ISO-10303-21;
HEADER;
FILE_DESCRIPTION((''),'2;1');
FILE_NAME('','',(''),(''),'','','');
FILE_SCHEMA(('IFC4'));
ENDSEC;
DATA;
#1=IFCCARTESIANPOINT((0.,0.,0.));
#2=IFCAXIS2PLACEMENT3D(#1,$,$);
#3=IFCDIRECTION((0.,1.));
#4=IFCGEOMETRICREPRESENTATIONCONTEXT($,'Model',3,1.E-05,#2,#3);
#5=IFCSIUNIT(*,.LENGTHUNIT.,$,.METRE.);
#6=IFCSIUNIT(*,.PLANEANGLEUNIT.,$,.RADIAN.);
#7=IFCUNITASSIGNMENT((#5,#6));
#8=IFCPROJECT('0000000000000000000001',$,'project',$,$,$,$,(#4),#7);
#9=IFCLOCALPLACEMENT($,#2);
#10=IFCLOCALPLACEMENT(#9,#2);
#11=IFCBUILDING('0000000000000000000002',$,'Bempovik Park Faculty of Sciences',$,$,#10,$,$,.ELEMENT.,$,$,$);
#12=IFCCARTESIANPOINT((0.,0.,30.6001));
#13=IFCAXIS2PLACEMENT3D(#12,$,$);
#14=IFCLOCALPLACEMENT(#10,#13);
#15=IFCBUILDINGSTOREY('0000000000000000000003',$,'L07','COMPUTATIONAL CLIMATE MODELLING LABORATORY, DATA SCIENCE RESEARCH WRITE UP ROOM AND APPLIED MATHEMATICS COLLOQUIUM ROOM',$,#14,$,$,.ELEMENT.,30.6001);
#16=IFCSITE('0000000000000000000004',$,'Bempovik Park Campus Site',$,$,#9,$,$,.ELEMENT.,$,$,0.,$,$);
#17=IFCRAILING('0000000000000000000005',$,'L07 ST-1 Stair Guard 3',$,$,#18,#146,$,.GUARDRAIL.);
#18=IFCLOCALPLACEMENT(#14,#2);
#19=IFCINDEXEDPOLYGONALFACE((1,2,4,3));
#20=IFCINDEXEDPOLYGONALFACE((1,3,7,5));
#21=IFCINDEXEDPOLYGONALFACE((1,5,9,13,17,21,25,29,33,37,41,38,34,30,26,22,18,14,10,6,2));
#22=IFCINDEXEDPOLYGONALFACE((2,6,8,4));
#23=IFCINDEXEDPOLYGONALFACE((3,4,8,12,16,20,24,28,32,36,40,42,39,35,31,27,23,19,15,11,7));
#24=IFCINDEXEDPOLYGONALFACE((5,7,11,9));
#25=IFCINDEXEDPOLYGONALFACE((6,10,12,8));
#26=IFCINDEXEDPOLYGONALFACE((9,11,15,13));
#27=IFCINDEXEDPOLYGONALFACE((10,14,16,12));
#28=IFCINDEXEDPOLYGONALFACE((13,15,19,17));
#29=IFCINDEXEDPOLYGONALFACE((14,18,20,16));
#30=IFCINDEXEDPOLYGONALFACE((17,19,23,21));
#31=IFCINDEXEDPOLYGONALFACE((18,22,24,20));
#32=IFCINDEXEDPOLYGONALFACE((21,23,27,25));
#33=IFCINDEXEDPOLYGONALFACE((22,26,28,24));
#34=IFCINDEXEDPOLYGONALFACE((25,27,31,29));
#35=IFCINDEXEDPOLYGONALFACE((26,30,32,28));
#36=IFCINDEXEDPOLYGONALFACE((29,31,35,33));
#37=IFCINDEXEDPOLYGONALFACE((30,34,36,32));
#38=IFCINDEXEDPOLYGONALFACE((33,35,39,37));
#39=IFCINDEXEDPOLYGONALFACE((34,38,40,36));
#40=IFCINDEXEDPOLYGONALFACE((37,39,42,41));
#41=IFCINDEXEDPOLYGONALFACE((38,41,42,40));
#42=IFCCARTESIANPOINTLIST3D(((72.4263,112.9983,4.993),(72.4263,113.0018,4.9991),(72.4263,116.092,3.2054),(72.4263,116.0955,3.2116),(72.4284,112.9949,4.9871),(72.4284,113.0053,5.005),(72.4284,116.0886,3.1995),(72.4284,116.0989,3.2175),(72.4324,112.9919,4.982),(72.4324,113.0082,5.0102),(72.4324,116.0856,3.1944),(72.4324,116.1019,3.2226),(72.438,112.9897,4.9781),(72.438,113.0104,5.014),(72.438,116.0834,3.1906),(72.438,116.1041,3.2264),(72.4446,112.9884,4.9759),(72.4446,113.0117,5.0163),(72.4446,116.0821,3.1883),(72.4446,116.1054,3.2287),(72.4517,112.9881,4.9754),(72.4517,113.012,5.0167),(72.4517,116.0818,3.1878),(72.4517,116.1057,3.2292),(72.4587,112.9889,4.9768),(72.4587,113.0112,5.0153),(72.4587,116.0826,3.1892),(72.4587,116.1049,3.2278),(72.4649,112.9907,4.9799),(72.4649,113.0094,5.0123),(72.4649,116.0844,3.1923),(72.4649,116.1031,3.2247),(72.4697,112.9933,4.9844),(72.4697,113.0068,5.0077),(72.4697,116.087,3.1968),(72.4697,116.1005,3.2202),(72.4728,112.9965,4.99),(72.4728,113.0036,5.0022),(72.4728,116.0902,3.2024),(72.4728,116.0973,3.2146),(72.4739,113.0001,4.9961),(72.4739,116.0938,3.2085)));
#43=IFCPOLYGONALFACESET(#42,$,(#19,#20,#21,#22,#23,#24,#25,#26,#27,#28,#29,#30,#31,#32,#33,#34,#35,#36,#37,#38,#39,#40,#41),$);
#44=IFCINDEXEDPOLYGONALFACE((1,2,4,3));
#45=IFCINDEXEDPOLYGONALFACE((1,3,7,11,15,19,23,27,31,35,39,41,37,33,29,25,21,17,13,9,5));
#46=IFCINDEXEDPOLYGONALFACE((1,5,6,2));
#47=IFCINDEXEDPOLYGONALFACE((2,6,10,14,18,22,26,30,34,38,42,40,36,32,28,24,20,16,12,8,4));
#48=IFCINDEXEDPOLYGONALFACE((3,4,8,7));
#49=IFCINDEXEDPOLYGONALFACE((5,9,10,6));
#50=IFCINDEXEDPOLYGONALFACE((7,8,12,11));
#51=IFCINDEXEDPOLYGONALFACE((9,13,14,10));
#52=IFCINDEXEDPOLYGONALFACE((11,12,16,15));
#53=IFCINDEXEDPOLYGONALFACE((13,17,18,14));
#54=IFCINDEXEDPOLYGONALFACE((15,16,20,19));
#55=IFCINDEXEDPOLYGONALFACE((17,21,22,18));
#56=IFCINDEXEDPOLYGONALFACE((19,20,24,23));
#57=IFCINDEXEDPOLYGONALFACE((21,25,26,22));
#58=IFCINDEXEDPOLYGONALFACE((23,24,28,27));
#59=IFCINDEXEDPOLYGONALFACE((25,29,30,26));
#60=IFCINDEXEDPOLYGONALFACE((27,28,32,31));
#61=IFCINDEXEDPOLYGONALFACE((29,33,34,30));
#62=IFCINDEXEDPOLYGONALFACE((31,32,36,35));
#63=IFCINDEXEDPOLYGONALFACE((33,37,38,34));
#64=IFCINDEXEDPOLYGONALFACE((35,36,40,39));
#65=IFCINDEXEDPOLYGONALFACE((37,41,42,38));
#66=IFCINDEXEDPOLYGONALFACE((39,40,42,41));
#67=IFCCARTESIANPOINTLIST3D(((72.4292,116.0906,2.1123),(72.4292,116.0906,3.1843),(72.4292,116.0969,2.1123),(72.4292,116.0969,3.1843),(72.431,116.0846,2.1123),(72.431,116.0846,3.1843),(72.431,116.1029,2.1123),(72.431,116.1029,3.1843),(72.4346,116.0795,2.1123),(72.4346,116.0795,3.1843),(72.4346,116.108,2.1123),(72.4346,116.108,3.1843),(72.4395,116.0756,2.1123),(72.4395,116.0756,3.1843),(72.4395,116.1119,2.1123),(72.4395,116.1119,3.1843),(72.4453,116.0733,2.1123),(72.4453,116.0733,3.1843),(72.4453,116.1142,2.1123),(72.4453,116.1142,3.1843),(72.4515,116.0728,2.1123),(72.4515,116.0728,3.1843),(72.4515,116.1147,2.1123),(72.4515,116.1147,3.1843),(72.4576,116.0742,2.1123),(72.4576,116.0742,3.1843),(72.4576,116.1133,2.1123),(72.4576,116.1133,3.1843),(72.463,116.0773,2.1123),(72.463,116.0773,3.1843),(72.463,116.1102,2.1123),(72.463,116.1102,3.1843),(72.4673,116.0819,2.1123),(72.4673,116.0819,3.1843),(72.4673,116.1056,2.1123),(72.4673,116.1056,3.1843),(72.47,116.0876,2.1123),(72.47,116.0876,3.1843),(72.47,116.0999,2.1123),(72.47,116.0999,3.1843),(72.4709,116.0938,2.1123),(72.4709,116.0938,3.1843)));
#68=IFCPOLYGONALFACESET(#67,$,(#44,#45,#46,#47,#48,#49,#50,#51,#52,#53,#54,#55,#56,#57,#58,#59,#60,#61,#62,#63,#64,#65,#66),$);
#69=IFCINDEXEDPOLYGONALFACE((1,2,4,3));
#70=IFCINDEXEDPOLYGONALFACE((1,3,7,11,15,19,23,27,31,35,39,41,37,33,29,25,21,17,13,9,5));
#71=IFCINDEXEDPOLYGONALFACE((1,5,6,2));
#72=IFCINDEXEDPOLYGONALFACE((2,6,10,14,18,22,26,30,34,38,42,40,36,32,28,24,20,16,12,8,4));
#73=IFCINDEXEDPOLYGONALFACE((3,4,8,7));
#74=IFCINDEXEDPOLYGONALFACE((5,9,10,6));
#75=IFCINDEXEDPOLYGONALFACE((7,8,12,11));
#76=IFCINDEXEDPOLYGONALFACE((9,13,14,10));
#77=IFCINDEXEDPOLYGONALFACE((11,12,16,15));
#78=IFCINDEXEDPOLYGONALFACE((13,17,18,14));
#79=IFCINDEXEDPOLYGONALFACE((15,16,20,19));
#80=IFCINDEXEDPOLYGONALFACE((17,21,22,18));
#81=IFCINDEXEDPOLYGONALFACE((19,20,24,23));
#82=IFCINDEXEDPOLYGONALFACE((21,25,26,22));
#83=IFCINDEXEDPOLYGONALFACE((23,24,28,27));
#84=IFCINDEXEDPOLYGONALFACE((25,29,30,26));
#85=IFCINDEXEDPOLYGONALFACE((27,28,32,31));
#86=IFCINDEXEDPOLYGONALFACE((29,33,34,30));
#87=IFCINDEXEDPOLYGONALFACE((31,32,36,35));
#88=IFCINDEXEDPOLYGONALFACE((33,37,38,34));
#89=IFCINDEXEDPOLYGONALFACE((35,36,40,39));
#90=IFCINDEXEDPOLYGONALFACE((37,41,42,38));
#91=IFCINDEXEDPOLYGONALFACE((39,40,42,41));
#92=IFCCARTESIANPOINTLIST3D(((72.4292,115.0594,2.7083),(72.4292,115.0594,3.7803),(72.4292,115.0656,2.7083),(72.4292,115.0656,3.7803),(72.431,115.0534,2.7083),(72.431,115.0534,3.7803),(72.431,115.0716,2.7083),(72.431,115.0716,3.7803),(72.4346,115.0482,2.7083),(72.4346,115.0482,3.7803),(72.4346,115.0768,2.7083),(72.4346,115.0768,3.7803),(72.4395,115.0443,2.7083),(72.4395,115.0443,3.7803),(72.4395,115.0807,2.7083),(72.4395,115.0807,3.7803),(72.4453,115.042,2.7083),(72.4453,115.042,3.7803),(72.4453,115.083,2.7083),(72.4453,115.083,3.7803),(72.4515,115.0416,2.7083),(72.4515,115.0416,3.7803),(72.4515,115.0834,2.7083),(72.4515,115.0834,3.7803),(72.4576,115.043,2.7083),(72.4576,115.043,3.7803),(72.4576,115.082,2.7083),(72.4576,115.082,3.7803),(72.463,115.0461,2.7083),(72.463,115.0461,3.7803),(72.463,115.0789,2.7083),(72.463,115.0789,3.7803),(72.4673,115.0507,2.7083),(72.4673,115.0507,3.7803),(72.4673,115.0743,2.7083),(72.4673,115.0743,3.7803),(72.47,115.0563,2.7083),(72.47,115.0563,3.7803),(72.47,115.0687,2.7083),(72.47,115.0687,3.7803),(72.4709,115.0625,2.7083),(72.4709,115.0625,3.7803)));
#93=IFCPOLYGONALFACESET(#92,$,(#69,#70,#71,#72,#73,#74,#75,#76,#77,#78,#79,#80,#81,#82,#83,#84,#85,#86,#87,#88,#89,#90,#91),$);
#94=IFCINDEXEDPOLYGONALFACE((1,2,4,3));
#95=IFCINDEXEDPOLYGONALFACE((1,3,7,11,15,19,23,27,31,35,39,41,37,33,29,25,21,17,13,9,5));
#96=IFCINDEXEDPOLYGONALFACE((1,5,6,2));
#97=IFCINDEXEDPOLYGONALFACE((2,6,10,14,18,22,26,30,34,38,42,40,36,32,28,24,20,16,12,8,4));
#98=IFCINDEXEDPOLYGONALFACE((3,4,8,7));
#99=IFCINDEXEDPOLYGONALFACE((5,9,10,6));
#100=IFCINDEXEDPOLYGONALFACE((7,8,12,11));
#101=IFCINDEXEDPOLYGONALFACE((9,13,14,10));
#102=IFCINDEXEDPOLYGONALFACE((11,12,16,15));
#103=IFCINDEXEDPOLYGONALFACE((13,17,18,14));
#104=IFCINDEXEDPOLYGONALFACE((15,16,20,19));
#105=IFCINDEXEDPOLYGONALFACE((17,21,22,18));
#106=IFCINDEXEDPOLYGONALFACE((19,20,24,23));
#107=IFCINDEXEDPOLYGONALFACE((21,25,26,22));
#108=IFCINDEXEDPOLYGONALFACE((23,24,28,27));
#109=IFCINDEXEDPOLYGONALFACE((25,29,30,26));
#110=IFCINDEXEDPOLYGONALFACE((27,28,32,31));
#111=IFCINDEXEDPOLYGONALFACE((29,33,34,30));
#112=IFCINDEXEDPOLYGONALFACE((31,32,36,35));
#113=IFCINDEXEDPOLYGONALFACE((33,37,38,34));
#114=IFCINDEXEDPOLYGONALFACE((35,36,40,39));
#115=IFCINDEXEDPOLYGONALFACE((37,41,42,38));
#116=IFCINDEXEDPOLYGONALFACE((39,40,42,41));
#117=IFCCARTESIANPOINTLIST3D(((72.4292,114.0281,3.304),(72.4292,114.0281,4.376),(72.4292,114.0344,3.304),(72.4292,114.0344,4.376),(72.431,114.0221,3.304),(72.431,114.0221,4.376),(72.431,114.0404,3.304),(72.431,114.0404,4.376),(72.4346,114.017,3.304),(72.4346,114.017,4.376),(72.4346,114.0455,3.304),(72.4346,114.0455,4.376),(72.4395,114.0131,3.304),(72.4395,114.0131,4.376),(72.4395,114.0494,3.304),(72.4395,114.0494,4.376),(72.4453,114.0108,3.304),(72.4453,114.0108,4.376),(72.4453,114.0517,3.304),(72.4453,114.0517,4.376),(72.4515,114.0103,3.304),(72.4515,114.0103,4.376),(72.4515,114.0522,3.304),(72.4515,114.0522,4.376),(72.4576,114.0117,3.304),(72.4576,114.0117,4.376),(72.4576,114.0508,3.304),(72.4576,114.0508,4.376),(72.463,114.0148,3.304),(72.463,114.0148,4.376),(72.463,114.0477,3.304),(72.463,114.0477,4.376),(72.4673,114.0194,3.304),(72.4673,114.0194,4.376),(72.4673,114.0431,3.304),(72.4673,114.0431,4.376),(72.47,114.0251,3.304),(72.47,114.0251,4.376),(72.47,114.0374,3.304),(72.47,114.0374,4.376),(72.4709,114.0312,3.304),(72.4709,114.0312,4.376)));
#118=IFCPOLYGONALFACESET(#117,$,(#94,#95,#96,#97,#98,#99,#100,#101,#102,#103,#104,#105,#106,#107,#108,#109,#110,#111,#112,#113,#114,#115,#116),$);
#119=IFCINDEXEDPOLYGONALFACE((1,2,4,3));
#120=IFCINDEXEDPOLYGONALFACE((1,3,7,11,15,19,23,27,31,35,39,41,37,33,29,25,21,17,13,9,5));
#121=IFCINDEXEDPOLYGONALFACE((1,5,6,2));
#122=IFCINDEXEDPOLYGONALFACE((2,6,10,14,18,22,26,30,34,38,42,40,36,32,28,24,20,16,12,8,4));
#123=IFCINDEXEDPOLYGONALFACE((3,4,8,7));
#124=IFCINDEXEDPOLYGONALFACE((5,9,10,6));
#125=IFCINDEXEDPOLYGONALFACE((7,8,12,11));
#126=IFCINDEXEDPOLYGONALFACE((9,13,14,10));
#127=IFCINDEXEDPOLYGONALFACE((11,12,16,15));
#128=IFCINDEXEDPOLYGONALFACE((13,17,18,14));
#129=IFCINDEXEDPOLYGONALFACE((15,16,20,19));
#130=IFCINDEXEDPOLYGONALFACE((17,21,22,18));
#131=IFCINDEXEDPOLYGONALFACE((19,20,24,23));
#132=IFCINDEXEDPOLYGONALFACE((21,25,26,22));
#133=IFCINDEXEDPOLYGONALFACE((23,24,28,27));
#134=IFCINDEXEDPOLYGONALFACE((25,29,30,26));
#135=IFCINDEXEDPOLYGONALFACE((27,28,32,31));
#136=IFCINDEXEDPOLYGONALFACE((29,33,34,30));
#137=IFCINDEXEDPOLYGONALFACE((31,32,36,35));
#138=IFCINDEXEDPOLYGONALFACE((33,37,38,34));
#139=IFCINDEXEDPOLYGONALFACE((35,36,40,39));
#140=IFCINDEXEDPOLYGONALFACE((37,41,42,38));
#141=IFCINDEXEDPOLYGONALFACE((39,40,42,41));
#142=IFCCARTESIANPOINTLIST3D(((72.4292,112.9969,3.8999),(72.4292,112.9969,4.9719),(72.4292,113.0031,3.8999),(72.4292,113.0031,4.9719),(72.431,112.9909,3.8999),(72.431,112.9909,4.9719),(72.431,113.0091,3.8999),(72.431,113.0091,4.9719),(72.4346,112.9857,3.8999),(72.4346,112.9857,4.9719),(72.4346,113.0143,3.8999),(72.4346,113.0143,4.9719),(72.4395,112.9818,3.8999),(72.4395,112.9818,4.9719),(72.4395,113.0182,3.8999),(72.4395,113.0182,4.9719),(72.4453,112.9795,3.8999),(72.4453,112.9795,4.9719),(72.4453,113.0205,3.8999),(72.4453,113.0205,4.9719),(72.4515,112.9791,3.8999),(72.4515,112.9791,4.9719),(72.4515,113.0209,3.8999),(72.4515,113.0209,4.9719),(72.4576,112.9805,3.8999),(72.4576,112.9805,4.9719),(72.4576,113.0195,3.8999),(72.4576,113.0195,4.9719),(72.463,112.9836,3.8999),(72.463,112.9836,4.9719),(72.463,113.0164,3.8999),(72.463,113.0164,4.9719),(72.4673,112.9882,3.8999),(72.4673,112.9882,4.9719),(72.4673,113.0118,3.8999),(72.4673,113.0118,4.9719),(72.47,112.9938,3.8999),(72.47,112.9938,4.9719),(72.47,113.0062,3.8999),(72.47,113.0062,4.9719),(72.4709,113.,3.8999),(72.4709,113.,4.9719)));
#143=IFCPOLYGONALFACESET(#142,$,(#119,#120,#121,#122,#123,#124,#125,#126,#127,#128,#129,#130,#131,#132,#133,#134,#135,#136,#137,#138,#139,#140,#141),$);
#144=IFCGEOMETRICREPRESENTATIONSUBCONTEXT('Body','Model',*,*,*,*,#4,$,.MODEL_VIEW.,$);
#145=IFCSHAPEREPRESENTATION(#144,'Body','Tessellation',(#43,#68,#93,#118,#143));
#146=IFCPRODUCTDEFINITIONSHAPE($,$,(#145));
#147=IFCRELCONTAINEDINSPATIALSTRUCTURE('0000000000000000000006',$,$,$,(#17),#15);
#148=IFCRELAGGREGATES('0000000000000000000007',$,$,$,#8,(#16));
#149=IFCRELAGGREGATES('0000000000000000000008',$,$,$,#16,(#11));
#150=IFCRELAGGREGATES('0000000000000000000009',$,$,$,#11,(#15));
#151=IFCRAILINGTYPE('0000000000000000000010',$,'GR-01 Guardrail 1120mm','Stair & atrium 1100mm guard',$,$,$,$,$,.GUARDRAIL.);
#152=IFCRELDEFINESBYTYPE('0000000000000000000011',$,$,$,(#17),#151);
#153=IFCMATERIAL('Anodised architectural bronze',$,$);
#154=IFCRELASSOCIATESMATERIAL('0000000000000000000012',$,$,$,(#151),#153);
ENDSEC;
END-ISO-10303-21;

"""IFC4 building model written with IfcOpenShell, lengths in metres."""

from ifc_helpers import new_model, si_unit, direction, frame, origin, origin_2d, place, context, subcontext, project, spatial, circle, extrude, material, type_object, element, save


model = new_model("IFC4")

# Units and contexts
model_context = context("Model", 3, precision=1e-05, world=origin(), true_north=direction((0.0, 1.0)))
body_context = subcontext(model_context, "Body", "Model", "MODEL_VIEW")
ifc_project = project(units=[si_unit("LENGTHUNIT", "METRE"), si_unit("PLANEANGLEUNIT", "RADIAN")], contexts=[model_context])

# Site, building, storey
site_placement = place(None, origin())
site = spatial("IfcSite", under=ifc_project, at=site_placement, Name="Bempovik Park Campus Site", CompositionType="ELEMENT", RefElevation=0.0)
building_placement = place(site_placement, origin())
building = spatial("IfcBuilding", under=site, at=building_placement, Name="Bempovik Park Faculty of Sciences", CompositionType="ELEMENT")
storey_placement = place(building_placement, frame((0.0, 0.0, 30.6001)))
storey = spatial("IfcBuildingStorey", under=building, at=storey_placement, Name="L07", Description="COMPUTATIONAL CLIMATE MODELLING LABORATORY, DATA SCIENCE RESEARCH WRITE UP ROOM AND APPLIED MATHEMATICS COLLOQUIUM ROOM", CompositionType="ELEMENT", Elevation=30.6001)

# Railing
ifc_material_1 = material(Name="Anodised architectural bronze")
railing_type_1 = type_object("IfcRailingType", Name="GR-01 Guardrail 1120mm", Description="Stair & atrium 1100mm guard", PredefinedType="GUARDRAIL", material=ifc_material_1)
railing_1_placement = place(storey_placement, frame((72.45, 116.0938, 2.1123)))
element("IfcRailing", 1, at=railing_1_placement, inside=storey, type_object=railing_type_1, Name="L07 ST-1 Stair Guard 3", PredefinedType="GUARDRAIL", context=body_context, shape_type="SweptSolid", body=[
    extrude(circle(Radius=0.0239, at=origin_2d()), frame((0.0, 0.0, 1.0962), z_axis=(0.0, -0.865853, 0.500298), x_axis=(1.0, 0.0, 0.0)), (0.0, 0.0, 1.0), 3.573),
    extrude(circle(Radius=0.021, at=origin_2d()), origin(), (0.0, 0.0, 1.0), 1.072),
    extrude(circle(Radius=0.021, at=origin_2d()), frame((0.0, -1.0312, 0.5959)), (0.0, 0.0, 1.0), 1.072),
    extrude(circle(Radius=0.021, at=origin_2d()), frame((0.0, -2.0625, 1.1917)), (0.0, 0.0, 1.0), 1.072),
    extrude(circle(Radius=0.021, at=origin_2d()), frame((0.0, -3.0938, 1.7876)), (0.0, 0.0, 1.0), 1.072),
])

save(model, "model.ifc")
